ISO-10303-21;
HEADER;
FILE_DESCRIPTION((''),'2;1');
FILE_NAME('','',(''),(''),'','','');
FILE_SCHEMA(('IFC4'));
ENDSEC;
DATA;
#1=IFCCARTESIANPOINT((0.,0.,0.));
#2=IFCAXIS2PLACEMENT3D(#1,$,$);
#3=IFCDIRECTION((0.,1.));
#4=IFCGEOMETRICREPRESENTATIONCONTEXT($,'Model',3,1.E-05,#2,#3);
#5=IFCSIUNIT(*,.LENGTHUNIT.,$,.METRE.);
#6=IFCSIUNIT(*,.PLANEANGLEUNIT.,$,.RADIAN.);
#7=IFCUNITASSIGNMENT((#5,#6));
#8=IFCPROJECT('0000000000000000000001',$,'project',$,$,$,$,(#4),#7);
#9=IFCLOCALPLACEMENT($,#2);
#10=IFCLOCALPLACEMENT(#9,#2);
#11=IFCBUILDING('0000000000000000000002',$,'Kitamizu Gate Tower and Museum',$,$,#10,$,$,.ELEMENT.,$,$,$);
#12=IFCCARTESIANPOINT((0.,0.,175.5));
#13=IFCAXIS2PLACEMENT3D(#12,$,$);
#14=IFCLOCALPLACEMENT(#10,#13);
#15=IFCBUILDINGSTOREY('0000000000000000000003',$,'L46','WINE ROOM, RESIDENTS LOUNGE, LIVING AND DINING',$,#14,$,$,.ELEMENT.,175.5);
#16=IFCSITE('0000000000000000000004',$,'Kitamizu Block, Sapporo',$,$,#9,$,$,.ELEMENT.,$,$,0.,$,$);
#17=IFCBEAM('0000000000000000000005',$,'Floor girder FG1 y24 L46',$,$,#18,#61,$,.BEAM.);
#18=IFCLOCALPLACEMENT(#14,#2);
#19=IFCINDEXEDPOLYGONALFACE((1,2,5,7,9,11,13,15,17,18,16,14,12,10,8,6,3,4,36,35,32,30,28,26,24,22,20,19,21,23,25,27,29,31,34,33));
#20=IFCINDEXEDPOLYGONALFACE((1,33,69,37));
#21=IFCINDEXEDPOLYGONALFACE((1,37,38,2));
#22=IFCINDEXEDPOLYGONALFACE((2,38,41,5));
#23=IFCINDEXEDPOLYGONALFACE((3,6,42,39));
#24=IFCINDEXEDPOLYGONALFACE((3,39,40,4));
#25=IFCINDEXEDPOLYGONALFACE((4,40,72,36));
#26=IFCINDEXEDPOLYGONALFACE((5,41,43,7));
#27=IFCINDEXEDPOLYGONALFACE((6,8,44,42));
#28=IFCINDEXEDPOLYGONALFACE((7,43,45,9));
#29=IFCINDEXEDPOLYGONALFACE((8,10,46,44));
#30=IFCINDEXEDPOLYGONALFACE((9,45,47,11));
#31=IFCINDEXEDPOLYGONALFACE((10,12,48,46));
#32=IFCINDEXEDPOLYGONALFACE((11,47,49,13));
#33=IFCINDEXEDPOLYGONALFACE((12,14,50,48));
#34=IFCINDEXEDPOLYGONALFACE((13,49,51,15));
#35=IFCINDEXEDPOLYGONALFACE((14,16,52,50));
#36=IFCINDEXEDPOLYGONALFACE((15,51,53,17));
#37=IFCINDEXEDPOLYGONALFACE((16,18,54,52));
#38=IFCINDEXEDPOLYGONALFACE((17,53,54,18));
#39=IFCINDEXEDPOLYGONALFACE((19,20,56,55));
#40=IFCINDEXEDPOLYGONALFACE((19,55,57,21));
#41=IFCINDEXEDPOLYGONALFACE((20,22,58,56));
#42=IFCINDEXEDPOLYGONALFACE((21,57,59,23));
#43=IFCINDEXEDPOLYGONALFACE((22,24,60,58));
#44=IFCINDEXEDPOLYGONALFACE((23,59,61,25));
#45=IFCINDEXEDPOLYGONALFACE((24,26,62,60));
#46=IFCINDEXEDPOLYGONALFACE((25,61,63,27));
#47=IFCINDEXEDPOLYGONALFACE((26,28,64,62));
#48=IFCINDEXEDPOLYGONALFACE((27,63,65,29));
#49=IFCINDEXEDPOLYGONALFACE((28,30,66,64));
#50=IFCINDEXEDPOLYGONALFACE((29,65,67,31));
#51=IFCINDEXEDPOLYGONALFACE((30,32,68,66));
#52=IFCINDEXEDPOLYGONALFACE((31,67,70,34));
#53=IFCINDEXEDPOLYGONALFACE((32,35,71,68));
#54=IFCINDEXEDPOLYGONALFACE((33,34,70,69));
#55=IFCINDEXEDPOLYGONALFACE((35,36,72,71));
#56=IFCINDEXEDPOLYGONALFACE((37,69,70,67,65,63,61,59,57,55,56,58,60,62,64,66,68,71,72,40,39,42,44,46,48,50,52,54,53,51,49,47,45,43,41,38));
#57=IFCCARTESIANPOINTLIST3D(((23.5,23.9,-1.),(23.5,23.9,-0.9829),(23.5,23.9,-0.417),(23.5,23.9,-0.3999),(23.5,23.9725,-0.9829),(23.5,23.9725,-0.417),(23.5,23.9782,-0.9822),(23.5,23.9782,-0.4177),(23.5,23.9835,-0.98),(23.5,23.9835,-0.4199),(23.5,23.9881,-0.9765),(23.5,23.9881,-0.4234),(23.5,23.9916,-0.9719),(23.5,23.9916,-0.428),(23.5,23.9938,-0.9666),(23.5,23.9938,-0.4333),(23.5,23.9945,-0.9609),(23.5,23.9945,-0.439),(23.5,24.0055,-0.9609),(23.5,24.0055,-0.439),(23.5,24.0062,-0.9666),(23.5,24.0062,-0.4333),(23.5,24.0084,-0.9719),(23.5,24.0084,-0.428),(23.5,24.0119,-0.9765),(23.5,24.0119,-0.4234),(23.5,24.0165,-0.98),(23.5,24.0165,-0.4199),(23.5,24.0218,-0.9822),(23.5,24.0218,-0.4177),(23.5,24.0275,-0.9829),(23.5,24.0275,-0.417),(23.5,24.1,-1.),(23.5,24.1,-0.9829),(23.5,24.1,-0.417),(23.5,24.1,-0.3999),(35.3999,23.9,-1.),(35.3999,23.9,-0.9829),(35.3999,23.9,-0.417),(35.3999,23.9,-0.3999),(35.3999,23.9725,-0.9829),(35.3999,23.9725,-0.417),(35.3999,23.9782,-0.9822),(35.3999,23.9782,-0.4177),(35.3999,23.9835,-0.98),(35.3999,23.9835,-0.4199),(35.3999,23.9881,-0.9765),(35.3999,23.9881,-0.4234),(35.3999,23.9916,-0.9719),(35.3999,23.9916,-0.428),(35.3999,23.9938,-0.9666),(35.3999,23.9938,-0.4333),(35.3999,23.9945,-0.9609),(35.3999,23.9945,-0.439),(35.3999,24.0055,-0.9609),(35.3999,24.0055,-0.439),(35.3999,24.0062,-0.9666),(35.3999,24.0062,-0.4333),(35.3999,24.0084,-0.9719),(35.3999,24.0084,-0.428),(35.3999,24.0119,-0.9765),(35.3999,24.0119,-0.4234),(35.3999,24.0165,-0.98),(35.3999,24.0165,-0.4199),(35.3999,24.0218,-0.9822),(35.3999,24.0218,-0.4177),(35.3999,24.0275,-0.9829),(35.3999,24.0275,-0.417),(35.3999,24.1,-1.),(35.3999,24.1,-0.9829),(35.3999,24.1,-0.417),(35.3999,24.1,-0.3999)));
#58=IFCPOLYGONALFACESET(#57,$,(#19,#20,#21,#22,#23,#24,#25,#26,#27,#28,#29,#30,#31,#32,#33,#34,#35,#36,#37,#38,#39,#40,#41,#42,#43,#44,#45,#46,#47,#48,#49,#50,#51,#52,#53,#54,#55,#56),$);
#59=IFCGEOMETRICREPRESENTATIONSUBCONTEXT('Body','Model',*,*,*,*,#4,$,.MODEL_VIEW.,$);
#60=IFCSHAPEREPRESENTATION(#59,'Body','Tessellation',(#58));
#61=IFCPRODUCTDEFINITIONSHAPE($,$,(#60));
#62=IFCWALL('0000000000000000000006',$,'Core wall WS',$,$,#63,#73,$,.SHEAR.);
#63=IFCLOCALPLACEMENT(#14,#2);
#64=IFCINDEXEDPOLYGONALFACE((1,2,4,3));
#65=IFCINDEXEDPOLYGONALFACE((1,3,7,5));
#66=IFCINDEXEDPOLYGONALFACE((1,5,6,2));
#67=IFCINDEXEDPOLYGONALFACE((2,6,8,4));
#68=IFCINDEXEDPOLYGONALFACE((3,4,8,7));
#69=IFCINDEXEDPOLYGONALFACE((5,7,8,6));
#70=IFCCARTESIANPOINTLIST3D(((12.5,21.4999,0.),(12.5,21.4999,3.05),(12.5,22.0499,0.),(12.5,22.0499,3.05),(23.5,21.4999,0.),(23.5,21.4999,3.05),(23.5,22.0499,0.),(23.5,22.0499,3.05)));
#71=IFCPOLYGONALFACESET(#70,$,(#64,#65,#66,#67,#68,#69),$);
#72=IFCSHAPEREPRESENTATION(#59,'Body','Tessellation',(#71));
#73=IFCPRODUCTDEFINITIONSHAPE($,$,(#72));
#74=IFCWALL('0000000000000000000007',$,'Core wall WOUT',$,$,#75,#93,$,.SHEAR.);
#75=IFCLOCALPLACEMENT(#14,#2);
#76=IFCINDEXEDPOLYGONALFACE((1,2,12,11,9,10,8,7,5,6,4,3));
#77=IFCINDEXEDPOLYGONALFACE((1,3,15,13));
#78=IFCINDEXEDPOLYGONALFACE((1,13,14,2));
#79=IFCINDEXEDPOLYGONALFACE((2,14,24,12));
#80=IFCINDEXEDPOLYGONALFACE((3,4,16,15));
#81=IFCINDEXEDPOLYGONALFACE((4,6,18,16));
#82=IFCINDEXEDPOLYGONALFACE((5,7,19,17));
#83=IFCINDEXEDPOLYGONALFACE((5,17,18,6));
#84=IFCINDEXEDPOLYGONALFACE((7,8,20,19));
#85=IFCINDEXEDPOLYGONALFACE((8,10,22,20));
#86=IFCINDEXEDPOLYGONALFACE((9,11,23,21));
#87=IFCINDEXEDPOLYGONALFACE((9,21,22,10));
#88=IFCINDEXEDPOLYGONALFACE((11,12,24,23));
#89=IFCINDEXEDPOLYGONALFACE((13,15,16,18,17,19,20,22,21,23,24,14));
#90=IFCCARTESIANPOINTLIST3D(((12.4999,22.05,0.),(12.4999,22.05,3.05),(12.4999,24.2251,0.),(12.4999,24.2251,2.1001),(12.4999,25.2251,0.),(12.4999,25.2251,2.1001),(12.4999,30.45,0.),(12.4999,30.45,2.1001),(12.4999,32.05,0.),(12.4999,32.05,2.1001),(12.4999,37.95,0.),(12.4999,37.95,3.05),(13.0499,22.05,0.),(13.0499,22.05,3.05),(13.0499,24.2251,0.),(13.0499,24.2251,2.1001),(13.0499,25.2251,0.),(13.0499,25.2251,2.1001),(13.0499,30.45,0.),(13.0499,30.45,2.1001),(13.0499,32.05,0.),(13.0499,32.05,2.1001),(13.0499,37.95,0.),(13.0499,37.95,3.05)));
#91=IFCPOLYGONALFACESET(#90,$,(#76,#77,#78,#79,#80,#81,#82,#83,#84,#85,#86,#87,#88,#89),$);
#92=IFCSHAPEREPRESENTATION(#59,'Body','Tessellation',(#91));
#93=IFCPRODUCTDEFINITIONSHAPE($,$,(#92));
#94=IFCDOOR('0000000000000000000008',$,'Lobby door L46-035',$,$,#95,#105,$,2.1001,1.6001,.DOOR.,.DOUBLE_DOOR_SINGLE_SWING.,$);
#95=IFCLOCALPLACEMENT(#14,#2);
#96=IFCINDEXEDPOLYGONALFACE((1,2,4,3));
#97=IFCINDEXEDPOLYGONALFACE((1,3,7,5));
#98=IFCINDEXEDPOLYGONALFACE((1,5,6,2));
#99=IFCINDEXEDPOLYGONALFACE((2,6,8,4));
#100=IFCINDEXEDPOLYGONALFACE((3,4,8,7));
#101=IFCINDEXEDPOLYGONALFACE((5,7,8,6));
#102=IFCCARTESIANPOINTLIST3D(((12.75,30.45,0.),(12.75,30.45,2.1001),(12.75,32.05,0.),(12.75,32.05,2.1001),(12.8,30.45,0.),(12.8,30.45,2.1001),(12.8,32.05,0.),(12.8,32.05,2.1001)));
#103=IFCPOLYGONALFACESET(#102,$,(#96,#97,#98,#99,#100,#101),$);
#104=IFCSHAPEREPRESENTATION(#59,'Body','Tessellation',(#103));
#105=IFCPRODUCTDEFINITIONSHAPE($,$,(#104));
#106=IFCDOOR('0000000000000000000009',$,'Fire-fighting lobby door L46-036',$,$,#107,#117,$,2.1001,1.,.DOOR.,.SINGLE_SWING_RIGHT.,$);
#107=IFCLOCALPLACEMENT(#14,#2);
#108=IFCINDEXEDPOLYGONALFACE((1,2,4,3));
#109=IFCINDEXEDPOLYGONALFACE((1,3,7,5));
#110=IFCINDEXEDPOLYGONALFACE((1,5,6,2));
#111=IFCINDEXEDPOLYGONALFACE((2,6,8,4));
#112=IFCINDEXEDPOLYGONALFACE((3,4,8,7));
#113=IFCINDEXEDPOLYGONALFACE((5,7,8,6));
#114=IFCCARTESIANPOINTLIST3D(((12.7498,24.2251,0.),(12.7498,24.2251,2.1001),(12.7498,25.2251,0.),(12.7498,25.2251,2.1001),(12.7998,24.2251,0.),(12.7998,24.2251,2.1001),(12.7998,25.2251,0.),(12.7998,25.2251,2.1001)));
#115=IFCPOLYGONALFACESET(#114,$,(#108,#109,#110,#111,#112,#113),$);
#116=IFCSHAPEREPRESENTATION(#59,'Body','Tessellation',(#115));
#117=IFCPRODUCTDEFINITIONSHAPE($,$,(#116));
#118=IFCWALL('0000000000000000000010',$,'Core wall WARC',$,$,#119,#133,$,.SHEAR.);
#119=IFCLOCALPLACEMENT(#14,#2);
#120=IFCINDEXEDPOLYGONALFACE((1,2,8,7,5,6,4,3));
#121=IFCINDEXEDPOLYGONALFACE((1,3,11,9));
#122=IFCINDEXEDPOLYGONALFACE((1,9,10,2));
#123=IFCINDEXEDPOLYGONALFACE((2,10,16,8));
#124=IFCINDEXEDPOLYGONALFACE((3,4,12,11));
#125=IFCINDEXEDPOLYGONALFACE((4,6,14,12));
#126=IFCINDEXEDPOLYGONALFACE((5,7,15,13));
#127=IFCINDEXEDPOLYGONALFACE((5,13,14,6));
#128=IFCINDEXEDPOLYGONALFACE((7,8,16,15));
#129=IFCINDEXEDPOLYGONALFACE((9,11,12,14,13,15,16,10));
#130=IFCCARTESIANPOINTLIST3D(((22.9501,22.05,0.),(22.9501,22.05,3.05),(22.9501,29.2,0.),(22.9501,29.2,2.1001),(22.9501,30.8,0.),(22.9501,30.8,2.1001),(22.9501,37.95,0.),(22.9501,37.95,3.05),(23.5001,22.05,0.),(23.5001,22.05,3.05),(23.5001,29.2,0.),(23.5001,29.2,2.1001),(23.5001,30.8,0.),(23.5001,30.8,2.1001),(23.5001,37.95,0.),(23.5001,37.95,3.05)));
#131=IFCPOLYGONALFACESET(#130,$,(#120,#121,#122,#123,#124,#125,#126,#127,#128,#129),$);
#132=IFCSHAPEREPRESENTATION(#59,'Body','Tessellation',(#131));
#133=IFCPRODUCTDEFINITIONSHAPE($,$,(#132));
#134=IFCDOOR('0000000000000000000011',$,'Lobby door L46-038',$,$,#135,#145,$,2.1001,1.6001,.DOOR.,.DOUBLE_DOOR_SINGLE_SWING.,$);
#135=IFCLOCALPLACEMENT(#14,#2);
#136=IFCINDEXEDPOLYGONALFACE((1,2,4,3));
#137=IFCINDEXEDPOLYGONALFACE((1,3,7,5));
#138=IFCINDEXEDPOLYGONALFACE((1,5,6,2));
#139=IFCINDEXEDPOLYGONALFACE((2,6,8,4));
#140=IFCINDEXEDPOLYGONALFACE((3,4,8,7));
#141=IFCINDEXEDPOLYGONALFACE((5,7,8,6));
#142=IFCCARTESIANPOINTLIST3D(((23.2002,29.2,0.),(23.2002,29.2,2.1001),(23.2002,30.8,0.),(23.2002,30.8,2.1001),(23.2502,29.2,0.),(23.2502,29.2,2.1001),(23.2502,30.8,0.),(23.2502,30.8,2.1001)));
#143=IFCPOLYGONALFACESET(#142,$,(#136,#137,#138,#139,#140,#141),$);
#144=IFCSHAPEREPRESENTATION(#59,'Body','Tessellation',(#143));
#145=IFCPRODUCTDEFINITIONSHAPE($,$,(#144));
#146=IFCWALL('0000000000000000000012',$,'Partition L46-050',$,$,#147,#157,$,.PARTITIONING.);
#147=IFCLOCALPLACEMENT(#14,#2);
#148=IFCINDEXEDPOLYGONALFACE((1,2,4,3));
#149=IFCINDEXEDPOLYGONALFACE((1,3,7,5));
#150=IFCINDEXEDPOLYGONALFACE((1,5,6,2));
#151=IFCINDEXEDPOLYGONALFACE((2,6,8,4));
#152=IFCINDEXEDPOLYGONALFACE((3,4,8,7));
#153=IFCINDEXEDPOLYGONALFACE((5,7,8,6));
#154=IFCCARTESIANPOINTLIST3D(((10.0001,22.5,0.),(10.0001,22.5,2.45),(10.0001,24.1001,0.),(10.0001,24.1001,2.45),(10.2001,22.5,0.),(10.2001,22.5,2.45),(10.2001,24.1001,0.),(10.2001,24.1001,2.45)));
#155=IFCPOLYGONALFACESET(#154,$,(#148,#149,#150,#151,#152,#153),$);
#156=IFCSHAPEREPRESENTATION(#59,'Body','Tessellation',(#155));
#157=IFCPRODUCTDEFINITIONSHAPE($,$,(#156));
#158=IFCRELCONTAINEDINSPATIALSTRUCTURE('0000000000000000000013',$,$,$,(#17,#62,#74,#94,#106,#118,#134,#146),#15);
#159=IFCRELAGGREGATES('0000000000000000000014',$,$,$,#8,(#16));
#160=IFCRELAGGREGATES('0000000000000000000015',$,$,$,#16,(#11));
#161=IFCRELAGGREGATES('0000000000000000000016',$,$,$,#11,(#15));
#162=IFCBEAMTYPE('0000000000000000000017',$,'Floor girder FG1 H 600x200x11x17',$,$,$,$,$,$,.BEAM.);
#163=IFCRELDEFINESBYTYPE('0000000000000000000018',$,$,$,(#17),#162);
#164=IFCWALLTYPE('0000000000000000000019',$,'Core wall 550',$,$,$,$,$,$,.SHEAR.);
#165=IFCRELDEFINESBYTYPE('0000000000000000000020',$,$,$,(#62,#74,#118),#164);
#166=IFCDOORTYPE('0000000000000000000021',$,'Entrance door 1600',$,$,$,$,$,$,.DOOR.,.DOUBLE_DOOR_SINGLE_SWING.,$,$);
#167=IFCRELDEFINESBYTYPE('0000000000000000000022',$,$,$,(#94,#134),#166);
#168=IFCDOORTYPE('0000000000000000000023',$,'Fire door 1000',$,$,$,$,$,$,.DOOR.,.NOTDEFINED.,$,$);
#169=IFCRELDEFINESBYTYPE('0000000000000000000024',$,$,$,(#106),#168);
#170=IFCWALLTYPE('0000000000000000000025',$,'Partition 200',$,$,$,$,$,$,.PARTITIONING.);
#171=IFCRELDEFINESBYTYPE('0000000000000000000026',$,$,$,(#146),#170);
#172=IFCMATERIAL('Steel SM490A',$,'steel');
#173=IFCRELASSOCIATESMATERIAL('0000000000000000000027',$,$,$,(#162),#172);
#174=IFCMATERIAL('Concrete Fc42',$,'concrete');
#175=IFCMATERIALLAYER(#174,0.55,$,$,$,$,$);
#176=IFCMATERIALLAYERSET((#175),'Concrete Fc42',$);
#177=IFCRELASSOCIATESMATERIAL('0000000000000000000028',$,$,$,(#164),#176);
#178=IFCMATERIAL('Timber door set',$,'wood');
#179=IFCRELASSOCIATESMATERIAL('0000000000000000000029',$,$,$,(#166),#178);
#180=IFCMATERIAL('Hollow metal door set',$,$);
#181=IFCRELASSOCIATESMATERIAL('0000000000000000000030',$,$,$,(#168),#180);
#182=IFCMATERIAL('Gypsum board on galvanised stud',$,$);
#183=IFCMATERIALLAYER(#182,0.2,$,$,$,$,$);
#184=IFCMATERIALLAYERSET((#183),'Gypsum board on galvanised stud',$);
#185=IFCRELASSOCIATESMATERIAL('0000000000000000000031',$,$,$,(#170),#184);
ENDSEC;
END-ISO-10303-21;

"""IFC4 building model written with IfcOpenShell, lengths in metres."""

from ifc_helpers import new_model, si_unit, direction, frame, frame_2d, origin, origin_2d, place, context, subcontext, project, spatial, rectangle, i_section, extrude, material, layer, layer_set, material_profile, profile_set, type_object, element, fill, save


model = new_model("IFC4")

# Units and contexts
model_context = context("Model", 3, precision=1e-05, world=origin(), true_north=direction((0.0, 1.0)))
body_context = subcontext(model_context, "Body", "Model", "MODEL_VIEW")
ifc_project = project(units=[si_unit("LENGTHUNIT", "METRE"), si_unit("PLANEANGLEUNIT", "RADIAN")], contexts=[model_context])

# Site, building, storey
site_placement = place(None, origin())
site = spatial("IfcSite", under=ifc_project, at=site_placement, Name="Kitamizu Block, Sapporo", CompositionType="ELEMENT", RefElevation=0.0)
building_placement = place(site_placement, origin())
building = spatial("IfcBuilding", under=site, at=building_placement, Name="Kitamizu Gate Tower and Museum", CompositionType="ELEMENT")
storey_placement = place(building_placement, frame((0.0, 0.0, 175.5)))
storey = spatial("IfcBuildingStorey", under=building, at=storey_placement, Name="L46", Description="WINE ROOM, RESIDENTS LOUNGE, LIVING AND DINING", CompositionType="ELEMENT", Elevation=175.5)

# Beam
ifc_material_1 = material(Name="Steel SM490A", Category="steel")
ifc_material_profile = material_profile(ifc_material_1, i_section(OverallWidth=0.2, OverallDepth=0.6001, WebThickness=0.011, FlangeThickness=0.0171, FilletRadius=0.022, at=origin_2d()), Name="H-600x200x11x17")
ifc_profile_set = profile_set([ifc_material_profile], Name="Steel SM490A")
beam_type = type_object("IfcBeamType", Name="Floor girder FG1 H 600x200x11x17", PredefinedType="BEAM", material=ifc_profile_set)
beam_placement = place(storey_placement, frame((23.5, 24.0, -0.7), z_axis=(1.0, 0.0, 0.0), x_axis=(0.0, 1.0, 0.0)))
element("IfcBeam", 1, at=beam_placement, inside=storey, type_object=beam_type, Name="Floor girder FG1 y24 L46", PredefinedType="BEAM", context=body_context, shape_type="SweptSolid", body=[
    extrude(i_section(OverallWidth=0.2, OverallDepth=0.6001, WebThickness=0.011, FlangeThickness=0.0171, FilletRadius=0.022, at=origin_2d()), origin(), (0.0, 0.0, 1.0), 11.8999),
])

# Wall
ifc_material_2 = material(Name="Concrete Fc42", Category="concrete")
ifc_layer_1 = layer(ifc_material_2, 0.55)
ifc_layer_set_1 = layer_set([ifc_layer_1], Name="Concrete Fc42")
wall_type_1 = type_object("IfcWallType", Name="Core wall 550", PredefinedType="SHEAR", material=ifc_layer_set_1)
wall_1_placement = place(storey_placement, frame((12.5, 21.7749, 0.0), z_axis=(0.0, 0.0, 1.0), x_axis=(1.0, 0.0, 0.0)))
element("IfcWall", 2, at=wall_1_placement, inside=storey, type_object=wall_type_1, Name="Core wall WS", PredefinedType="SHEAR", context=body_context, shape_type="SweptSolid", body=[
    extrude(rectangle(XDim=11.0, YDim=0.55, at=frame_2d((5.5, 0.0))), origin(), (0.0, 0.0, 1.0), 3.05),
])

# Wall, openings, doors
wall_2_placement = place(storey_placement, frame((12.7749, 22.05, 0.0), z_axis=(0.0, 0.0, 1.0), x_axis=(0.0, 1.0, 0.0)))
wall_2 = element("IfcWall", 3, at=wall_2_placement, inside=storey, type_object=wall_type_1, Name="Core wall WOUT", PredefinedType="SHEAR", context=body_context, shape_type="SweptSolid", body=[
    extrude(rectangle(XDim=15.8999, YDim=0.55, at=frame_2d((7.95, 0.0))), origin(), (0.0, 0.0, 1.0), 3.05),
])
opening_1_placement = place(wall_2_placement, frame((8.3999, 0.0, 0.0)))
opening_1 = element("IfcOpeningElement", 4, at=opening_1_placement, cuts=wall_2, PredefinedType="OPENING", context=body_context, shape_type="SweptSolid", body=[
    extrude(rectangle(XDim=1.6001, YDim=2.1001, at=frame_2d((0.8, 1.05))), frame((0.0, 0.2852, 0.0), z_axis=(0.0, -1.0, 0.0), x_axis=(1.0, 0.0, 0.0)), (0.0, 0.0, 1.0), 0.5701),
])
opening_2_placement = place(wall_2_placement, frame((2.175, 0.0, 0.0)))
opening_2 = element("IfcOpeningElement", 5, at=opening_2_placement, cuts=wall_2, PredefinedType="OPENING", context=body_context, shape_type="SweptSolid", body=[
    extrude(rectangle(XDim=1.0, YDim=2.1001, at=frame_2d((0.5, 1.05))), frame((0.0, 0.2852, 0.0), z_axis=(0.0, -1.0, 0.0), x_axis=(1.0, 0.0, 0.0)), (0.0, 0.0, 1.0), 0.5701),
])
ifc_material_3 = material(Name="Timber door set", Category="wood")
door_type_1 = type_object("IfcDoorType", Name="Entrance door 1600", OperationType="DOUBLE_DOOR_SINGLE_SWING", PredefinedType="DOOR", material=ifc_material_3)
door_1_placement = place(opening_1_placement, origin())
door_1 = element("IfcDoor", 6, at=door_1_placement, inside=storey, type_object=door_type_1, Name="Lobby door L46-035", OperationType="DOUBLE_DOOR_SINGLE_SWING", OverallHeight=2.1001, OverallWidth=1.6001, PredefinedType="DOOR", context=body_context, shape_type="SweptSolid", body=[
    extrude(rectangle(XDim=1.6001, YDim=2.1001, at=frame_2d((0.8, 1.05))), frame((0.0, 0.0249, 0.0), z_axis=(0.0, -1.0, 0.0), x_axis=(1.0, 0.0, 0.0)), (0.0, 0.0, 1.0), 0.05),
])
fill(opening_1, door_1)
ifc_material_4 = material(Name="Hollow metal door set")
door_type_2 = type_object("IfcDoorType", Name="Fire door 1000", OperationType="NOTDEFINED", PredefinedType="DOOR", material=ifc_material_4)
door_2_placement = place(opening_2_placement, frame((1.0, 0.0, 0.0), x_axis=(-1.0, 0.0, 0.0)))
door_2 = element("IfcDoor", 7, at=door_2_placement, inside=storey, type_object=door_type_2, Name="Fire-fighting lobby door L46-036", OperationType="SINGLE_SWING_RIGHT", OverallHeight=2.1001, OverallWidth=1.0, PredefinedType="DOOR", context=body_context, shape_type="SweptSolid", body=[
    extrude(rectangle(XDim=1.0, YDim=2.1001, at=frame_2d((0.5, 1.05))), frame((0.0, 0.0249, 0.0), z_axis=(0.0, -1.0, 0.0), x_axis=(1.0, 0.0, 0.0)), (0.0, 0.0, 1.0), 0.05),
])
fill(opening_2, door_2)

# Wall, opening, door
wall_3_placement = place(storey_placement, frame((23.2251, 22.05, 0.0), z_axis=(0.0, 0.0, 1.0), x_axis=(0.0, 1.0, 0.0)))
wall_3 = element("IfcWall", 8, at=wall_3_placement, inside=storey, type_object=wall_type_1, Name="Core wall WARC", PredefinedType="SHEAR", context=body_context, shape_type="SweptSolid", body=[
    extrude(rectangle(XDim=15.8999, YDim=0.55, at=frame_2d((7.95, 0.0))), origin(), (0.0, 0.0, 1.0), 3.05),
])
opening_3_placement = place(wall_3_placement, frame((7.1499, 0.0, 0.0)))
opening_3 = element("IfcOpeningElement", 9, at=opening_3_placement, cuts=wall_3, PredefinedType="OPENING", context=body_context, shape_type="SweptSolid", body=[
    extrude(rectangle(XDim=1.6001, YDim=2.1001, at=frame_2d((0.8, 1.05))), frame((0.0, 0.2852, 0.0), z_axis=(0.0, -1.0, 0.0), x_axis=(1.0, 0.0, 0.0)), (0.0, 0.0, 1.0), 0.5701),
])
door_3_placement = place(opening_3_placement, origin())
door_3 = element("IfcDoor", 10, at=door_3_placement, inside=storey, type_object=door_type_1, Name="Lobby door L46-038", OperationType="DOUBLE_DOOR_SINGLE_SWING", OverallHeight=2.1001, OverallWidth=1.6001, PredefinedType="DOOR", context=body_context, shape_type="SweptSolid", body=[
    extrude(rectangle(XDim=1.6001, YDim=2.1001, at=frame_2d((0.8, 1.05))), frame((0.0, 0.0249, 0.0), z_axis=(0.0, -1.0, 0.0), x_axis=(1.0, 0.0, 0.0)), (0.0, 0.0, 1.0), 0.05),
])
fill(opening_3, door_3)

# Wall
ifc_material_5 = material(Name="Gypsum board on galvanised stud")
ifc_layer_2 = layer(ifc_material_5, 0.2)
ifc_layer_set_2 = layer_set([ifc_layer_2], Name="Gypsum board on galvanised stud")
wall_type_2 = type_object("IfcWallType", Name="Partition 200", PredefinedType="PARTITIONING", material=ifc_layer_set_2)
wall_4_placement = place(storey_placement, frame((10.1001, 22.5, 0.0), z_axis=(0.0, 0.0, 1.0), x_axis=(0.0, 1.0, 0.0)))
element("IfcWall", 11, at=wall_4_placement, inside=storey, type_object=wall_type_2, Name="Partition L46-050", PredefinedType="PARTITIONING", context=body_context, shape_type="SweptSolid", body=[
    extrude(rectangle(XDim=1.6001, YDim=0.2, at=frame_2d((0.8, 0.0))), origin(), (0.0, 0.0, 1.0), 2.45),
])

save(model, "model.ifc")
